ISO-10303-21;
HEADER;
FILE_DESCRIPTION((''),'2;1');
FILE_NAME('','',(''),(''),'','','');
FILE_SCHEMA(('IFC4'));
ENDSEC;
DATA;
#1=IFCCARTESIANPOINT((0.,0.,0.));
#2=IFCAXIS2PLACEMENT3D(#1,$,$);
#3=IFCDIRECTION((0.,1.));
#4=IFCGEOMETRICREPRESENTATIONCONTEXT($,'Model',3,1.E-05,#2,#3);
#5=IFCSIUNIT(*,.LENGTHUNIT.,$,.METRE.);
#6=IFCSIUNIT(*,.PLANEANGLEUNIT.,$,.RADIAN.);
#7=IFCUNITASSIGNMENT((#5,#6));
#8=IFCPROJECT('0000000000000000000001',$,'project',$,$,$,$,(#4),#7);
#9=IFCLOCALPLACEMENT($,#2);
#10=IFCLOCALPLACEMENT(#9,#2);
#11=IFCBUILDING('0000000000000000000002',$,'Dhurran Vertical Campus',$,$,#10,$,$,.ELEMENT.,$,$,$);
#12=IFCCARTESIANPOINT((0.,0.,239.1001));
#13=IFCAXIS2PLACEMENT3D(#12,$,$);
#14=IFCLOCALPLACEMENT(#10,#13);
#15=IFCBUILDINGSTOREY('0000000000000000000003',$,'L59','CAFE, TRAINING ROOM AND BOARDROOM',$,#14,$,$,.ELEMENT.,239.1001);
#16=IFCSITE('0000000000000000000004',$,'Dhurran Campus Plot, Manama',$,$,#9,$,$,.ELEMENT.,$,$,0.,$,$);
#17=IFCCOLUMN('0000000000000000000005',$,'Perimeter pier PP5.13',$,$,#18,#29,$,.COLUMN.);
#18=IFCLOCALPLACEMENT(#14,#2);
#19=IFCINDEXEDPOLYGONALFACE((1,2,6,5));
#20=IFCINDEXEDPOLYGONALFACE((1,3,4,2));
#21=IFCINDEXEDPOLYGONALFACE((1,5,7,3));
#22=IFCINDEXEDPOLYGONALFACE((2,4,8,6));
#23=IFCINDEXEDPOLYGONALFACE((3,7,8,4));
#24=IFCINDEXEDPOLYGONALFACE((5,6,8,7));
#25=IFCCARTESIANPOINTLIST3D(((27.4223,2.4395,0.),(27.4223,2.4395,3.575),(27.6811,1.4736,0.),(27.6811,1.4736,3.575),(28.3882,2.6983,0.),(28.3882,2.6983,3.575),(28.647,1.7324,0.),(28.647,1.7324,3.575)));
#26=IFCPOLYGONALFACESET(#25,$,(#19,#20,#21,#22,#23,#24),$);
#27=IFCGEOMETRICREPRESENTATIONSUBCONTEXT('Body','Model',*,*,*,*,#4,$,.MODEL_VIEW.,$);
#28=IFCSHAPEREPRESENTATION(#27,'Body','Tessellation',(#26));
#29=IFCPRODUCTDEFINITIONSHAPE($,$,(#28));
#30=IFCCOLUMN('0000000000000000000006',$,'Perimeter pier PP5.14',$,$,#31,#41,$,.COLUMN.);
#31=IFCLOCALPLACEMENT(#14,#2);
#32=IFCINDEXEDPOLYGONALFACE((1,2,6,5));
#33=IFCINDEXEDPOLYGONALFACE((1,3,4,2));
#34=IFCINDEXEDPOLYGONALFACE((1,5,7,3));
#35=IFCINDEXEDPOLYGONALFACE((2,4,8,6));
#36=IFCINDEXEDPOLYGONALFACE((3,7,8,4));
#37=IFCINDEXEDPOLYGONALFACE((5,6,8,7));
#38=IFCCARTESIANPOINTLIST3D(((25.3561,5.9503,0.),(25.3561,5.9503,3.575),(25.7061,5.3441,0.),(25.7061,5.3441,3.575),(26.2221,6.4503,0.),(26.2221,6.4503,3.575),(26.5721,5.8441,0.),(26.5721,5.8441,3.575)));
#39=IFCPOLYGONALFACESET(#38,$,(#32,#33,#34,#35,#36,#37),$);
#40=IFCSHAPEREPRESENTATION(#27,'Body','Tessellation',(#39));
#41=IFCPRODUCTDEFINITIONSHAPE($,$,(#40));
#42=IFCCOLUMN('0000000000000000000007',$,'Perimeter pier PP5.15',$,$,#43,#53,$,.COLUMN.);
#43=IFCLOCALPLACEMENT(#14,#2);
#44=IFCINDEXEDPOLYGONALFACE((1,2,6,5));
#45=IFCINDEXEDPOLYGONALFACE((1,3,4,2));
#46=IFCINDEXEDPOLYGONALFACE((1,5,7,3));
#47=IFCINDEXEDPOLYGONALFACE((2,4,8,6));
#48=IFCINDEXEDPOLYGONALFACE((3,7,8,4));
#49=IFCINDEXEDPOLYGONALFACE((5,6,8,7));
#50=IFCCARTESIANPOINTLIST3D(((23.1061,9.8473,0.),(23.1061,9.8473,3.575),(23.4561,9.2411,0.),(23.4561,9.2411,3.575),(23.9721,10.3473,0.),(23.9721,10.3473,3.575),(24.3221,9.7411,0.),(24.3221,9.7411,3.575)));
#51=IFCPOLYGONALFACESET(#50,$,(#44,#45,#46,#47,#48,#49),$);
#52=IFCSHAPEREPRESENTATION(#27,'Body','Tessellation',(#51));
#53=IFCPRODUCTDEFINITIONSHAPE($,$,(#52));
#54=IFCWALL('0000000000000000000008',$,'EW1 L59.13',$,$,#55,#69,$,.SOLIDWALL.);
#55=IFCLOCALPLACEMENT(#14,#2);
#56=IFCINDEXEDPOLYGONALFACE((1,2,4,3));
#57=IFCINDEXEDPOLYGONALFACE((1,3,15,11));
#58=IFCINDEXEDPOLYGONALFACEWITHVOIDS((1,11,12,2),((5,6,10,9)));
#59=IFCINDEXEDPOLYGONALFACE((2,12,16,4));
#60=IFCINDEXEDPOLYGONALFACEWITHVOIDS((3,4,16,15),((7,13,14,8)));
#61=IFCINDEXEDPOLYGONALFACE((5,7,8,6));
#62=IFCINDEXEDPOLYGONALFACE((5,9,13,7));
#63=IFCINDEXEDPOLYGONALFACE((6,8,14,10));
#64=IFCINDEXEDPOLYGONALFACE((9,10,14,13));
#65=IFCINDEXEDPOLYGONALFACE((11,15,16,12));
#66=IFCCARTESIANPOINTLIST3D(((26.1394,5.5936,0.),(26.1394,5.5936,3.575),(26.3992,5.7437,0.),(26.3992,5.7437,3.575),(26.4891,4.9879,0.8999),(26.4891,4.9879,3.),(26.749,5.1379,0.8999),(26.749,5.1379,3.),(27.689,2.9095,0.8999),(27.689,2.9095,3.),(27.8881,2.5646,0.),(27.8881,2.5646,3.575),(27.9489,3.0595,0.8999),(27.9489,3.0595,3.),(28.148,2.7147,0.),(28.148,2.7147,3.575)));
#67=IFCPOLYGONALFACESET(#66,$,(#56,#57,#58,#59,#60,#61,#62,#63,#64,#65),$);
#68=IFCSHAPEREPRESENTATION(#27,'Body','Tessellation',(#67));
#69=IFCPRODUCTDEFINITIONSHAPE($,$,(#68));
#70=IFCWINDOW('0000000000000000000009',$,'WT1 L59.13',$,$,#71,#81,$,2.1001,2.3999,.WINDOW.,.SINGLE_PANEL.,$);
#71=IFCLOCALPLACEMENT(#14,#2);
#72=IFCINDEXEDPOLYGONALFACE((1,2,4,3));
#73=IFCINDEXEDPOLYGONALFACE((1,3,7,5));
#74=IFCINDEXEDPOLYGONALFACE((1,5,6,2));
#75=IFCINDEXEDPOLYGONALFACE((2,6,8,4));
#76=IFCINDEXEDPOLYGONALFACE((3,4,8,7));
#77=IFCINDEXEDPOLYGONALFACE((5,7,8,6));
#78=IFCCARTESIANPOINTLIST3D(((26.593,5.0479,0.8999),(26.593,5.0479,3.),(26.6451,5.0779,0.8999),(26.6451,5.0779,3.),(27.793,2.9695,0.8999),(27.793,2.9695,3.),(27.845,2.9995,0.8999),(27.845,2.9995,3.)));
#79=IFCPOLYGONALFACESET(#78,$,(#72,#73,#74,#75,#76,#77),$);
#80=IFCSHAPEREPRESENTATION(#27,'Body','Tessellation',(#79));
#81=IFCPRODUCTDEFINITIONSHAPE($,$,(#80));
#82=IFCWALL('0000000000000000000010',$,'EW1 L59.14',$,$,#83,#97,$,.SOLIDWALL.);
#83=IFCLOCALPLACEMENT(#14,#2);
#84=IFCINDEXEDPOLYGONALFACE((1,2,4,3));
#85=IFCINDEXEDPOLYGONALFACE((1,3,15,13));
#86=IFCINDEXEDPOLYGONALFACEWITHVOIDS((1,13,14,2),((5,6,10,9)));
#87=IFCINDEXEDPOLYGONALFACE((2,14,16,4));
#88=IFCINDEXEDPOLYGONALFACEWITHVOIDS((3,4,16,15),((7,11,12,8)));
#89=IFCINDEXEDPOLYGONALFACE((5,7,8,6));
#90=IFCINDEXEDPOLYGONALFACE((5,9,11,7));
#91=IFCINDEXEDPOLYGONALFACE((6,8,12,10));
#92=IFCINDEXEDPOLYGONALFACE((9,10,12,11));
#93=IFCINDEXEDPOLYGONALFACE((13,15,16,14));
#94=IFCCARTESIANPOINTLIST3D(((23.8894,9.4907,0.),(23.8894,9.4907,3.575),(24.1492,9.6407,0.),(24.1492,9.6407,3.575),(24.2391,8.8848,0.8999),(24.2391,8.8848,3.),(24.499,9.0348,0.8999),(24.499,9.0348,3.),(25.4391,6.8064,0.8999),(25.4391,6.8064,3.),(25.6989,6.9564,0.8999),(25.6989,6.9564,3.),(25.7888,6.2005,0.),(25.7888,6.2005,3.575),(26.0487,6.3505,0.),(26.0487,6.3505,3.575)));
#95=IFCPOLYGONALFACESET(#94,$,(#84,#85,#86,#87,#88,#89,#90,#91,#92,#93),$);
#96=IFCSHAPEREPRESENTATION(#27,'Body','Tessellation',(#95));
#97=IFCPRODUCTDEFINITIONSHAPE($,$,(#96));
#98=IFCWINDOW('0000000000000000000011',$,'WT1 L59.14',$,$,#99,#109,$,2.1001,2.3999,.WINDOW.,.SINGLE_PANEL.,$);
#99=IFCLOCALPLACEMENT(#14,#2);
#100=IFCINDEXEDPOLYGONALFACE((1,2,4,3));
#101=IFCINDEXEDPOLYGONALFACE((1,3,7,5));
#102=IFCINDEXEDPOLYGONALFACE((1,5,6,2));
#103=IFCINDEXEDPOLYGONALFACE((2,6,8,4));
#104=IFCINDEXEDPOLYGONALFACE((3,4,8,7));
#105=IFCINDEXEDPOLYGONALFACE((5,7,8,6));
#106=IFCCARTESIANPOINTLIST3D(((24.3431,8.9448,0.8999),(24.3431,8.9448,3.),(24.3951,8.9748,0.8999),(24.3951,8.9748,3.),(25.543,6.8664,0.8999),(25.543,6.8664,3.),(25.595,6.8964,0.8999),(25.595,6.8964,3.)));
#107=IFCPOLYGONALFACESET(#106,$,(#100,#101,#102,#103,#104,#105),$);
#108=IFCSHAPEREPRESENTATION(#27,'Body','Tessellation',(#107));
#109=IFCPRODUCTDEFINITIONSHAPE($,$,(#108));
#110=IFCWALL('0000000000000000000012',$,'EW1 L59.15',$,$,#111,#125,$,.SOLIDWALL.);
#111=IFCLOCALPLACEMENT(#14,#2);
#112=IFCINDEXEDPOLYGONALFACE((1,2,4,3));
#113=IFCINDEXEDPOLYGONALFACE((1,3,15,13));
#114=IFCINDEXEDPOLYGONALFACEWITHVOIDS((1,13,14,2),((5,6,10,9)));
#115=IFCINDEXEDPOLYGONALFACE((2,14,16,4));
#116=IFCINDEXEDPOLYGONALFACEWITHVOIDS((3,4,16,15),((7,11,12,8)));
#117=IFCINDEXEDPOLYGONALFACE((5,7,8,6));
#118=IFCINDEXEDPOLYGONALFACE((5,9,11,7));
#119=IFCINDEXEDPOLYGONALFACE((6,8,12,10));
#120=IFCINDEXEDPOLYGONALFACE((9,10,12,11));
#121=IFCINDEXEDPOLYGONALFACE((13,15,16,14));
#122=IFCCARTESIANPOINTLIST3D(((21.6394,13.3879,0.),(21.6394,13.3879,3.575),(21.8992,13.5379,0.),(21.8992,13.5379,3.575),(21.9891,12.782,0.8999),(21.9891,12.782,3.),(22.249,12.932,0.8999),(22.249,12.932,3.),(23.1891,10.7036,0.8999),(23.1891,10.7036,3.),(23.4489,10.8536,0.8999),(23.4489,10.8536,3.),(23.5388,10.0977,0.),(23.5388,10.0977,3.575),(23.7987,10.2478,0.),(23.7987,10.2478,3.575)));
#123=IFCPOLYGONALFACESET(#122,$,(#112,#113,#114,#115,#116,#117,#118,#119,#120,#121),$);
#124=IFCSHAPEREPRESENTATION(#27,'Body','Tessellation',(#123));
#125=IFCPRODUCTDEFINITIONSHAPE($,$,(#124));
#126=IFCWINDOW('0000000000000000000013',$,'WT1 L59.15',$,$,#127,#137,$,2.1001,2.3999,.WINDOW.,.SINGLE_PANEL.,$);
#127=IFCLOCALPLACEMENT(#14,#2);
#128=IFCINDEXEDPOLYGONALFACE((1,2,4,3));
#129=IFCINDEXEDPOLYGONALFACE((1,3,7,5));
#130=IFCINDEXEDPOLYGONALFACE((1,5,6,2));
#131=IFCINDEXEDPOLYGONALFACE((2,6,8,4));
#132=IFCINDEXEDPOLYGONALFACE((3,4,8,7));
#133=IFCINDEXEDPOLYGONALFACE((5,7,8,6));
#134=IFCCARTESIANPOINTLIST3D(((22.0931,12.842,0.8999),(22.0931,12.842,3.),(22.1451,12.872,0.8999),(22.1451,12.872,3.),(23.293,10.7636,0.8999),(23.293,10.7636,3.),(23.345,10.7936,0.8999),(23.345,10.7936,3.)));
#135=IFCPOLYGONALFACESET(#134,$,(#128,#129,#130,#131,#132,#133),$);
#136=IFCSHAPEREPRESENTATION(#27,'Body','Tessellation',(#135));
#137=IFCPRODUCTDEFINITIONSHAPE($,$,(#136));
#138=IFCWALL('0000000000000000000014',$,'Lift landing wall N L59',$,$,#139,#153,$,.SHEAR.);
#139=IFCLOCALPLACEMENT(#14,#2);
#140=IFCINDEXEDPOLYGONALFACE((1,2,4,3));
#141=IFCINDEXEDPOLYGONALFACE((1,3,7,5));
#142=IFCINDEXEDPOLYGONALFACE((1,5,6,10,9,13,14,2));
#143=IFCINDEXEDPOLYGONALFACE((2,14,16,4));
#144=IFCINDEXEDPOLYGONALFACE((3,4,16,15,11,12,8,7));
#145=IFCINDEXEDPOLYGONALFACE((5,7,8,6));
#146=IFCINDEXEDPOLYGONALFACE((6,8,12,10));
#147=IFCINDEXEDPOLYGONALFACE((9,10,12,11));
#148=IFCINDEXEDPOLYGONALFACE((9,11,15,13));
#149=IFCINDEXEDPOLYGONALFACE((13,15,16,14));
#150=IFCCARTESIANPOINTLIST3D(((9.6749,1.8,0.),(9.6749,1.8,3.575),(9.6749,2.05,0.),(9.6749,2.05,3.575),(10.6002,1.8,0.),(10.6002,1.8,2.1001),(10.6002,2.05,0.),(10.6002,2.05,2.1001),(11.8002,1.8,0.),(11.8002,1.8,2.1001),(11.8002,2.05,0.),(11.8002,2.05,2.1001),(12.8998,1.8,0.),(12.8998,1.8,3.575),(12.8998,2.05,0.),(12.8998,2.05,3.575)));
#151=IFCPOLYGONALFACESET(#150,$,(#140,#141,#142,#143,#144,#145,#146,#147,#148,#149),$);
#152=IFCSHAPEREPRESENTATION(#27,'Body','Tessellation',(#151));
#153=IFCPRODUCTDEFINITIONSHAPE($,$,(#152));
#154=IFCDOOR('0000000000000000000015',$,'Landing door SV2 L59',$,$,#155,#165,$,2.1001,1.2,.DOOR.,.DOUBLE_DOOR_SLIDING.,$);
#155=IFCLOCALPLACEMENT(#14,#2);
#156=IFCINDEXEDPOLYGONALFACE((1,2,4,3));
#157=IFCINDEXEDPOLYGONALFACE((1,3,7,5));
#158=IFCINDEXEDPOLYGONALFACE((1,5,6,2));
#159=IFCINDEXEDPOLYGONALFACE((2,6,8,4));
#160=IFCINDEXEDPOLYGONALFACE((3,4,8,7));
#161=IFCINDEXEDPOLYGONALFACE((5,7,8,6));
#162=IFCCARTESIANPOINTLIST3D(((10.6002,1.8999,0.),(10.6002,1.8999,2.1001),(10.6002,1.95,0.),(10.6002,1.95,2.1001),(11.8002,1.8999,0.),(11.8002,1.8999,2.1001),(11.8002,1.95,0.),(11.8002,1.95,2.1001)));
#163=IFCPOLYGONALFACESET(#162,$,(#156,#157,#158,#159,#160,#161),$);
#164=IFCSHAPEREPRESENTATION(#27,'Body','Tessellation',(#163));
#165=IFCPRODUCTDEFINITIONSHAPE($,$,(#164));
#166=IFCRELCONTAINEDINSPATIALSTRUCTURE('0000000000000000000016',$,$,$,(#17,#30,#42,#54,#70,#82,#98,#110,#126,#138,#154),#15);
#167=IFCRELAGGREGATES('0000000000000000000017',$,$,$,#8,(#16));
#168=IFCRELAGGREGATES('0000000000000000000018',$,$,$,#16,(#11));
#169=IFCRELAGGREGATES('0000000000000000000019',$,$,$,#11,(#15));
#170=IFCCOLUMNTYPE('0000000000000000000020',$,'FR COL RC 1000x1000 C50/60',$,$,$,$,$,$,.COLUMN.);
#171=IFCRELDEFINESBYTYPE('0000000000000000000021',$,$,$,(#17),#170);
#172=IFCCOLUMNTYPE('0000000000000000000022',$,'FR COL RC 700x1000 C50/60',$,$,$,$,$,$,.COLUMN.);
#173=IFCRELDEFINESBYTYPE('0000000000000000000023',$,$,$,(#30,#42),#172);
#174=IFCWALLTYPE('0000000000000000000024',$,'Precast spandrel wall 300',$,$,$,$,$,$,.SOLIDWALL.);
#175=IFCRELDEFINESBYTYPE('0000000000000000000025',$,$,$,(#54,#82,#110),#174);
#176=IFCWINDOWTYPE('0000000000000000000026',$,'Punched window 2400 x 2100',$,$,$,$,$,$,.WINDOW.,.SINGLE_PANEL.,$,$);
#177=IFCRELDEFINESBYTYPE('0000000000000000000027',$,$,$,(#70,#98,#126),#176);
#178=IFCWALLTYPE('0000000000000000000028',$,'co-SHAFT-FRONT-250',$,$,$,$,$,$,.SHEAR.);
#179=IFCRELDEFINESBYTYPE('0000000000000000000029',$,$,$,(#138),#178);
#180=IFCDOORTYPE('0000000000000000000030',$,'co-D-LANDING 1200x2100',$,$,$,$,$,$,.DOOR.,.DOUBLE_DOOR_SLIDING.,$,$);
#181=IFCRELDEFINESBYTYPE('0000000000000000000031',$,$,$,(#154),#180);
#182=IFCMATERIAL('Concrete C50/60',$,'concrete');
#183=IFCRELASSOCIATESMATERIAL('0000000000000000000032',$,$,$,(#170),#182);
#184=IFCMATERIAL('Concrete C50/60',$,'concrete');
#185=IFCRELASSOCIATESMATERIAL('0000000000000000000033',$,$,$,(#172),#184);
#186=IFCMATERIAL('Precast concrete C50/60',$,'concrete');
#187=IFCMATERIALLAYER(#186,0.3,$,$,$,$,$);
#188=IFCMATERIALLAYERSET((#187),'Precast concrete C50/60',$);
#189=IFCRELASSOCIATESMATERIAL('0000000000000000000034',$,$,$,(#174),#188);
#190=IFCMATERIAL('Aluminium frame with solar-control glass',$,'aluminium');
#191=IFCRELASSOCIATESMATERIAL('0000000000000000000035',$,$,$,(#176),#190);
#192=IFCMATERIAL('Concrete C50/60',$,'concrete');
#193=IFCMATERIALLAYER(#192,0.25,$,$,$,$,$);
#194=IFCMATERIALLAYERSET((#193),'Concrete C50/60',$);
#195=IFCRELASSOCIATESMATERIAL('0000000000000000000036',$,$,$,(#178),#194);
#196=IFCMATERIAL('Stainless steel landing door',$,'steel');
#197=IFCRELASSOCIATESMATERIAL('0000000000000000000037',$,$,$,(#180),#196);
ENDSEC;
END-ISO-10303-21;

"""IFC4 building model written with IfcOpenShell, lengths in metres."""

from ifc_helpers import new_model, si_unit, direction, frame, frame_2d, origin, origin_2d, place, context, subcontext, project, spatial, rectangle, extrude, material, layer, layer_set, material_profile, profile_set, type_object, element, fill, save


model = new_model("IFC4")

# Units and contexts
model_context = context("Model", 3, precision=1e-05, world=origin(), true_north=direction((0.0, 1.0)))
body_context = subcontext(model_context, "Body", "Model", "MODEL_VIEW")
ifc_project = project(units=[si_unit("LENGTHUNIT", "METRE"), si_unit("PLANEANGLEUNIT", "RADIAN")], contexts=[model_context])

# Site, building, storey
site_placement = place(None, origin())
site = spatial("IfcSite", under=ifc_project, at=site_placement, Name="Dhurran Campus Plot, Manama", CompositionType="ELEMENT", RefElevation=0.0)
building_placement = place(site_placement, origin())
building = spatial("IfcBuilding", under=site, at=building_placement, Name="Dhurran Vertical Campus", CompositionType="ELEMENT")
storey_placement = place(building_placement, frame((0.0, 0.0, 239.1001)))
storey = spatial("IfcBuildingStorey", under=building, at=storey_placement, Name="L59", Description="CAFE, TRAINING ROOM AND BOARDROOM", CompositionType="ELEMENT", Elevation=239.1001)

# Columns
ifc_material_1 = material(Name="Concrete C50/60", Category="concrete")
ifc_material_profile_1 = material_profile(ifc_material_1, rectangle(XDim=1.0, YDim=1.0, at=origin_2d()), Name="RC 1000x1000")
ifc_profile_set_1 = profile_set([ifc_material_profile_1], Name="Concrete C50/60")
column_type_1 = type_object("IfcColumnType", Name="FR COL RC 1000x1000 C50/60", PredefinedType="COLUMN", material=ifc_profile_set_1)
column_placement = place(storey_placement, frame((28.0347, 2.0859, 0.0), z_axis=(0.0, 0.0, 1.0), x_axis=(-0.258819, 0.965926, 0.0)))
element("IfcColumn", 1, at=column_placement, inside=storey, type_object=column_type_1, Name="Perimeter pier PP5.13", PredefinedType="COLUMN", context=body_context, shape_type="SweptSolid", body=[
    extrude(rectangle(XDim=1.0, YDim=1.0, at=origin_2d()), origin(), (0.0, 0.0, 1.0), 3.575),
])
ifc_material_2 = material(Name="Concrete C50/60", Category="concrete")
ifc_material_profile_2 = material_profile(ifc_material_2, rectangle(XDim=0.7, YDim=1.0, at=origin_2d()), Name="RC 700x1000")
ifc_profile_set_2 = profile_set([ifc_material_profile_2], Name="Concrete C50/60")
column_type_2 = type_object("IfcColumnType", Name="FR COL RC 700x1000 C50/60", PredefinedType="COLUMN", material=ifc_profile_set_2)
for number, where, z_axis, x_axis, name in (
    (2, (25.9641, 5.8972, 0.0), (0.0, 0.0, 1.0), (-0.5, 0.866025, 0.0), "Perimeter pier PP5.14"),
    (3, (23.7141, 9.7942, 0.0), (0.0, 0.0, 1.0), (-0.5, 0.866025, 0.0), "Perimeter pier PP5.15"),
):
    element("IfcColumn", number, at=place(storey_placement, frame(where, z_axis=z_axis, x_axis=x_axis)), inside=storey, type_object=column_type_2, Name=name, PredefinedType="COLUMN", context=body_context, shape_type="SweptSolid", body=[
        extrude(rectangle(XDim=0.7, YDim=1.0, at=origin_2d()), origin(), (0.0, 0.0, 1.0), 3.575),
    ])

# Walls, openings, windows
ifc_material_3 = material(Name="Precast concrete C50/60", Category="concrete")
ifc_layer_1 = layer(ifc_material_3, 0.3)
ifc_layer_set_1 = layer_set([ifc_layer_1], Name="Precast concrete C50/60")
wall_type_1 = type_object("IfcWallType", Name="Precast spandrel wall 300", PredefinedType="SOLIDWALL", material=ifc_layer_set_1)
wall_1_placement = place(storey_placement, frame((28.0181, 2.6396, 0.0), z_axis=(0.0, 0.0, 1.0), x_axis=(-0.49999, 0.866031, 0.0)))
wall_1 = element("IfcWall", 4, at=wall_1_placement, inside=storey, type_object=wall_type_1, Name="EW1 L59.13", PredefinedType="SOLIDWALL", context=body_context, shape_type="SweptSolid", body=[
    extrude(rectangle(XDim=3.4976, YDim=0.3, at=frame_2d((1.7488, 0.0))), origin(), (0.0, 0.0, 1.0), 3.575),
])
opening_1_placement = place(wall_1_placement, frame((0.3982, 0.0, 0.8999)))
opening_1 = element("IfcOpeningElement", 5, at=opening_1_placement, cuts=wall_1, PredefinedType="OPENING", context=body_context, shape_type="SweptSolid", body=[
    extrude(rectangle(XDim=2.3999, YDim=2.1001, at=frame_2d((1.2, 1.05))), frame((0.0, 0.1599, 0.0), z_axis=(0.0, -1.0, 0.0), x_axis=(1.0, 0.0, 0.0)), (0.0, 0.0, 1.0), 0.3201),
])
ifc_material_4 = material(Name="Aluminium frame with solar-control glass", Category="aluminium")
window_type = type_object("IfcWindowType", Name="Punched window 2400 x 2100", PartitioningType="SINGLE_PANEL", PredefinedType="WINDOW", material=ifc_material_4)
window_1_placement = place(opening_1_placement, origin())
window_1 = element("IfcWindow", 6, at=window_1_placement, inside=storey, type_object=window_type, Name="WT1 L59.13", OverallHeight=2.1001, OverallWidth=2.3999, PartitioningType="SINGLE_PANEL", PredefinedType="WINDOW", context=body_context, shape_type="SweptSolid", body=[
    extrude(rectangle(XDim=2.3999, YDim=2.1001, at=frame_2d((1.2, 1.05))), frame((0.0, 0.03, 0.0), z_axis=(0.0, -1.0, 0.0), x_axis=(1.0, 0.0, 0.0)), (0.0, 0.0, 1.0), 0.0601),
])
fill(opening_1, window_1)
wall_2_placement = place(storey_placement, frame((25.9187, 6.2756, 0.0), z_axis=(0.0, 0.0, 1.0), x_axis=(-0.499982, 0.866036, 0.0)))
wall_2 = element("IfcWall", 7, at=wall_2_placement, inside=storey, type_object=wall_type_1, Name="EW1 L59.14", PredefinedType="SOLIDWALL", context=body_context, shape_type="SweptSolid", body=[
    extrude(rectangle(XDim=3.7991, YDim=0.3, at=frame_2d((1.8994, 0.0))), origin(), (0.0, 0.0, 1.0), 3.575),
])
opening_2_placement = place(wall_2_placement, frame((0.6995, 0.0, 0.8999)))
opening_2 = element("IfcOpeningElement", 8, at=opening_2_placement, cuts=wall_2, PredefinedType="OPENING", context=body_context, shape_type="SweptSolid", body=[
    extrude(rectangle(XDim=2.3999, YDim=2.1001, at=frame_2d((1.2, 1.05))), frame((0.0, 0.1599, 0.0), z_axis=(0.0, -1.0, 0.0), x_axis=(1.0, 0.0, 0.0)), (0.0, 0.0, 1.0), 0.3201),
])
window_2_placement = place(opening_2_placement, origin())
window_2 = element("IfcWindow", 9, at=window_2_placement, inside=storey, type_object=window_type, Name="WT1 L59.14", OverallHeight=2.1001, OverallWidth=2.3999, PartitioningType="SINGLE_PANEL", PredefinedType="WINDOW", context=body_context, shape_type="SweptSolid", body=[
    extrude(rectangle(XDim=2.3999, YDim=2.1001, at=frame_2d((1.2, 1.05))), frame((0.0, 0.03, 0.0), z_axis=(0.0, -1.0, 0.0), x_axis=(1.0, 0.0, 0.0)), (0.0, 0.0, 1.0), 0.0601),
])
fill(opening_2, window_2)
wall_3_placement = place(storey_placement, frame((23.6687, 10.1729, 0.0), z_axis=(0.0, 0.0, 1.0), x_axis=(-0.499982, 0.866036, 0.0)))
wall_3 = element("IfcWall", 10, at=wall_3_placement, inside=storey, type_object=wall_type_1, Name="EW1 L59.15", PredefinedType="SOLIDWALL", context=body_context, shape_type="SweptSolid", body=[
    extrude(rectangle(XDim=3.7991, YDim=0.3, at=frame_2d((1.8994, 0.0))), origin(), (0.0, 0.0, 1.0), 3.575),
])
opening_3_placement = place(wall_3_placement, frame((0.6995, 0.0, 0.8999)))
opening_3 = element("IfcOpeningElement", 11, at=opening_3_placement, cuts=wall_3, PredefinedType="OPENING", context=body_context, shape_type="SweptSolid", body=[
    extrude(rectangle(XDim=2.3999, YDim=2.1001, at=frame_2d((1.2, 1.05))), frame((0.0, 0.1599, 0.0), z_axis=(0.0, -1.0, 0.0), x_axis=(1.0, 0.0, 0.0)), (0.0, 0.0, 1.0), 0.3201),
])
window_3_placement = place(opening_3_placement, origin())
window_3 = element("IfcWindow", 12, at=window_3_placement, inside=storey, type_object=window_type, Name="WT1 L59.15", OverallHeight=2.1001, OverallWidth=2.3999, PartitioningType="SINGLE_PANEL", PredefinedType="WINDOW", context=body_context, shape_type="SweptSolid", body=[
    extrude(rectangle(XDim=2.3999, YDim=2.1001, at=frame_2d((1.2, 1.05))), frame((0.0, 0.03, 0.0), z_axis=(0.0, -1.0, 0.0), x_axis=(1.0, 0.0, 0.0)), (0.0, 0.0, 1.0), 0.0601),
])
fill(opening_3, window_3)

# Wall, opening, door
ifc_material_5 = material(Name="Concrete C50/60", Category="concrete")
ifc_layer_2 = layer(ifc_material_5, 0.25)
ifc_layer_set_2 = layer_set([ifc_layer_2], Name="Concrete C50/60")
wall_type_2 = type_object("IfcWallType", Name="co-SHAFT-FRONT-250", PredefinedType="SHEAR", material=ifc_layer_set_2)
wall_4_placement = place(storey_placement, frame((9.675, 1.925, 0.0), z_axis=(0.0, 0.0, 1.0), x_axis=(1.0, 0.0, 0.0)))
wall_4 = element("IfcWall", 13, at=wall_4_placement, inside=storey, type_object=wall_type_2, Name="Lift landing wall N L59", PredefinedType="SHEAR", context=body_context, shape_type="SweptSolid", body=[
    extrude(rectangle(XDim=3.2249, YDim=0.25, at=frame_2d((1.6123, 0.0))), origin(), (0.0, 0.0, 1.0), 3.575),
])
opening_4_placement = place(wall_4_placement, frame((0.925, 0.0, 0.0)))
opening_4 = element("IfcOpeningElement", 14, at=opening_4_placement, cuts=wall_4, PredefinedType="OPENING", context=body_context, shape_type="SweptSolid", body=[
    extrude(rectangle(XDim=1.2, YDim=2.1001, at=frame_2d((0.6001, 1.05))), frame((0.0, 0.135, 0.0), z_axis=(0.0, -1.0, 0.0), x_axis=(1.0, 0.0, 0.0)), (0.0, 0.0, 1.0), 0.27),
])
ifc_material_6 = material(Name="Stainless steel landing door", Category="steel")
door_type_1 = type_object("IfcDoorType", Name="co-D-LANDING 1200x2100", OperationType="DOUBLE_DOOR_SLIDING", PredefinedType="DOOR", material=ifc_material_6)
door_1_placement = place(opening_4_placement, origin())
door_1 = element("IfcDoor", 15, at=door_1_placement, inside=storey, type_object=door_type_1, Name="Landing door SV2 L59", OperationType="DOUBLE_DOOR_SLIDING", OverallHeight=2.1001, OverallWidth=1.2, PredefinedType="DOOR", context=body_context, shape_type="SweptSolid", body=[
    extrude(rectangle(XDim=1.2, YDim=2.1001, at=frame_2d((0.6001, 1.05))), frame((0.0, 0.0249, 0.0), z_axis=(0.0, -1.0, 0.0), x_axis=(1.0, 0.0, 0.0)), (0.0, 0.0, 1.0), 0.05),
])
fill(opening_4, door_1)

save(model, "model.ifc")
